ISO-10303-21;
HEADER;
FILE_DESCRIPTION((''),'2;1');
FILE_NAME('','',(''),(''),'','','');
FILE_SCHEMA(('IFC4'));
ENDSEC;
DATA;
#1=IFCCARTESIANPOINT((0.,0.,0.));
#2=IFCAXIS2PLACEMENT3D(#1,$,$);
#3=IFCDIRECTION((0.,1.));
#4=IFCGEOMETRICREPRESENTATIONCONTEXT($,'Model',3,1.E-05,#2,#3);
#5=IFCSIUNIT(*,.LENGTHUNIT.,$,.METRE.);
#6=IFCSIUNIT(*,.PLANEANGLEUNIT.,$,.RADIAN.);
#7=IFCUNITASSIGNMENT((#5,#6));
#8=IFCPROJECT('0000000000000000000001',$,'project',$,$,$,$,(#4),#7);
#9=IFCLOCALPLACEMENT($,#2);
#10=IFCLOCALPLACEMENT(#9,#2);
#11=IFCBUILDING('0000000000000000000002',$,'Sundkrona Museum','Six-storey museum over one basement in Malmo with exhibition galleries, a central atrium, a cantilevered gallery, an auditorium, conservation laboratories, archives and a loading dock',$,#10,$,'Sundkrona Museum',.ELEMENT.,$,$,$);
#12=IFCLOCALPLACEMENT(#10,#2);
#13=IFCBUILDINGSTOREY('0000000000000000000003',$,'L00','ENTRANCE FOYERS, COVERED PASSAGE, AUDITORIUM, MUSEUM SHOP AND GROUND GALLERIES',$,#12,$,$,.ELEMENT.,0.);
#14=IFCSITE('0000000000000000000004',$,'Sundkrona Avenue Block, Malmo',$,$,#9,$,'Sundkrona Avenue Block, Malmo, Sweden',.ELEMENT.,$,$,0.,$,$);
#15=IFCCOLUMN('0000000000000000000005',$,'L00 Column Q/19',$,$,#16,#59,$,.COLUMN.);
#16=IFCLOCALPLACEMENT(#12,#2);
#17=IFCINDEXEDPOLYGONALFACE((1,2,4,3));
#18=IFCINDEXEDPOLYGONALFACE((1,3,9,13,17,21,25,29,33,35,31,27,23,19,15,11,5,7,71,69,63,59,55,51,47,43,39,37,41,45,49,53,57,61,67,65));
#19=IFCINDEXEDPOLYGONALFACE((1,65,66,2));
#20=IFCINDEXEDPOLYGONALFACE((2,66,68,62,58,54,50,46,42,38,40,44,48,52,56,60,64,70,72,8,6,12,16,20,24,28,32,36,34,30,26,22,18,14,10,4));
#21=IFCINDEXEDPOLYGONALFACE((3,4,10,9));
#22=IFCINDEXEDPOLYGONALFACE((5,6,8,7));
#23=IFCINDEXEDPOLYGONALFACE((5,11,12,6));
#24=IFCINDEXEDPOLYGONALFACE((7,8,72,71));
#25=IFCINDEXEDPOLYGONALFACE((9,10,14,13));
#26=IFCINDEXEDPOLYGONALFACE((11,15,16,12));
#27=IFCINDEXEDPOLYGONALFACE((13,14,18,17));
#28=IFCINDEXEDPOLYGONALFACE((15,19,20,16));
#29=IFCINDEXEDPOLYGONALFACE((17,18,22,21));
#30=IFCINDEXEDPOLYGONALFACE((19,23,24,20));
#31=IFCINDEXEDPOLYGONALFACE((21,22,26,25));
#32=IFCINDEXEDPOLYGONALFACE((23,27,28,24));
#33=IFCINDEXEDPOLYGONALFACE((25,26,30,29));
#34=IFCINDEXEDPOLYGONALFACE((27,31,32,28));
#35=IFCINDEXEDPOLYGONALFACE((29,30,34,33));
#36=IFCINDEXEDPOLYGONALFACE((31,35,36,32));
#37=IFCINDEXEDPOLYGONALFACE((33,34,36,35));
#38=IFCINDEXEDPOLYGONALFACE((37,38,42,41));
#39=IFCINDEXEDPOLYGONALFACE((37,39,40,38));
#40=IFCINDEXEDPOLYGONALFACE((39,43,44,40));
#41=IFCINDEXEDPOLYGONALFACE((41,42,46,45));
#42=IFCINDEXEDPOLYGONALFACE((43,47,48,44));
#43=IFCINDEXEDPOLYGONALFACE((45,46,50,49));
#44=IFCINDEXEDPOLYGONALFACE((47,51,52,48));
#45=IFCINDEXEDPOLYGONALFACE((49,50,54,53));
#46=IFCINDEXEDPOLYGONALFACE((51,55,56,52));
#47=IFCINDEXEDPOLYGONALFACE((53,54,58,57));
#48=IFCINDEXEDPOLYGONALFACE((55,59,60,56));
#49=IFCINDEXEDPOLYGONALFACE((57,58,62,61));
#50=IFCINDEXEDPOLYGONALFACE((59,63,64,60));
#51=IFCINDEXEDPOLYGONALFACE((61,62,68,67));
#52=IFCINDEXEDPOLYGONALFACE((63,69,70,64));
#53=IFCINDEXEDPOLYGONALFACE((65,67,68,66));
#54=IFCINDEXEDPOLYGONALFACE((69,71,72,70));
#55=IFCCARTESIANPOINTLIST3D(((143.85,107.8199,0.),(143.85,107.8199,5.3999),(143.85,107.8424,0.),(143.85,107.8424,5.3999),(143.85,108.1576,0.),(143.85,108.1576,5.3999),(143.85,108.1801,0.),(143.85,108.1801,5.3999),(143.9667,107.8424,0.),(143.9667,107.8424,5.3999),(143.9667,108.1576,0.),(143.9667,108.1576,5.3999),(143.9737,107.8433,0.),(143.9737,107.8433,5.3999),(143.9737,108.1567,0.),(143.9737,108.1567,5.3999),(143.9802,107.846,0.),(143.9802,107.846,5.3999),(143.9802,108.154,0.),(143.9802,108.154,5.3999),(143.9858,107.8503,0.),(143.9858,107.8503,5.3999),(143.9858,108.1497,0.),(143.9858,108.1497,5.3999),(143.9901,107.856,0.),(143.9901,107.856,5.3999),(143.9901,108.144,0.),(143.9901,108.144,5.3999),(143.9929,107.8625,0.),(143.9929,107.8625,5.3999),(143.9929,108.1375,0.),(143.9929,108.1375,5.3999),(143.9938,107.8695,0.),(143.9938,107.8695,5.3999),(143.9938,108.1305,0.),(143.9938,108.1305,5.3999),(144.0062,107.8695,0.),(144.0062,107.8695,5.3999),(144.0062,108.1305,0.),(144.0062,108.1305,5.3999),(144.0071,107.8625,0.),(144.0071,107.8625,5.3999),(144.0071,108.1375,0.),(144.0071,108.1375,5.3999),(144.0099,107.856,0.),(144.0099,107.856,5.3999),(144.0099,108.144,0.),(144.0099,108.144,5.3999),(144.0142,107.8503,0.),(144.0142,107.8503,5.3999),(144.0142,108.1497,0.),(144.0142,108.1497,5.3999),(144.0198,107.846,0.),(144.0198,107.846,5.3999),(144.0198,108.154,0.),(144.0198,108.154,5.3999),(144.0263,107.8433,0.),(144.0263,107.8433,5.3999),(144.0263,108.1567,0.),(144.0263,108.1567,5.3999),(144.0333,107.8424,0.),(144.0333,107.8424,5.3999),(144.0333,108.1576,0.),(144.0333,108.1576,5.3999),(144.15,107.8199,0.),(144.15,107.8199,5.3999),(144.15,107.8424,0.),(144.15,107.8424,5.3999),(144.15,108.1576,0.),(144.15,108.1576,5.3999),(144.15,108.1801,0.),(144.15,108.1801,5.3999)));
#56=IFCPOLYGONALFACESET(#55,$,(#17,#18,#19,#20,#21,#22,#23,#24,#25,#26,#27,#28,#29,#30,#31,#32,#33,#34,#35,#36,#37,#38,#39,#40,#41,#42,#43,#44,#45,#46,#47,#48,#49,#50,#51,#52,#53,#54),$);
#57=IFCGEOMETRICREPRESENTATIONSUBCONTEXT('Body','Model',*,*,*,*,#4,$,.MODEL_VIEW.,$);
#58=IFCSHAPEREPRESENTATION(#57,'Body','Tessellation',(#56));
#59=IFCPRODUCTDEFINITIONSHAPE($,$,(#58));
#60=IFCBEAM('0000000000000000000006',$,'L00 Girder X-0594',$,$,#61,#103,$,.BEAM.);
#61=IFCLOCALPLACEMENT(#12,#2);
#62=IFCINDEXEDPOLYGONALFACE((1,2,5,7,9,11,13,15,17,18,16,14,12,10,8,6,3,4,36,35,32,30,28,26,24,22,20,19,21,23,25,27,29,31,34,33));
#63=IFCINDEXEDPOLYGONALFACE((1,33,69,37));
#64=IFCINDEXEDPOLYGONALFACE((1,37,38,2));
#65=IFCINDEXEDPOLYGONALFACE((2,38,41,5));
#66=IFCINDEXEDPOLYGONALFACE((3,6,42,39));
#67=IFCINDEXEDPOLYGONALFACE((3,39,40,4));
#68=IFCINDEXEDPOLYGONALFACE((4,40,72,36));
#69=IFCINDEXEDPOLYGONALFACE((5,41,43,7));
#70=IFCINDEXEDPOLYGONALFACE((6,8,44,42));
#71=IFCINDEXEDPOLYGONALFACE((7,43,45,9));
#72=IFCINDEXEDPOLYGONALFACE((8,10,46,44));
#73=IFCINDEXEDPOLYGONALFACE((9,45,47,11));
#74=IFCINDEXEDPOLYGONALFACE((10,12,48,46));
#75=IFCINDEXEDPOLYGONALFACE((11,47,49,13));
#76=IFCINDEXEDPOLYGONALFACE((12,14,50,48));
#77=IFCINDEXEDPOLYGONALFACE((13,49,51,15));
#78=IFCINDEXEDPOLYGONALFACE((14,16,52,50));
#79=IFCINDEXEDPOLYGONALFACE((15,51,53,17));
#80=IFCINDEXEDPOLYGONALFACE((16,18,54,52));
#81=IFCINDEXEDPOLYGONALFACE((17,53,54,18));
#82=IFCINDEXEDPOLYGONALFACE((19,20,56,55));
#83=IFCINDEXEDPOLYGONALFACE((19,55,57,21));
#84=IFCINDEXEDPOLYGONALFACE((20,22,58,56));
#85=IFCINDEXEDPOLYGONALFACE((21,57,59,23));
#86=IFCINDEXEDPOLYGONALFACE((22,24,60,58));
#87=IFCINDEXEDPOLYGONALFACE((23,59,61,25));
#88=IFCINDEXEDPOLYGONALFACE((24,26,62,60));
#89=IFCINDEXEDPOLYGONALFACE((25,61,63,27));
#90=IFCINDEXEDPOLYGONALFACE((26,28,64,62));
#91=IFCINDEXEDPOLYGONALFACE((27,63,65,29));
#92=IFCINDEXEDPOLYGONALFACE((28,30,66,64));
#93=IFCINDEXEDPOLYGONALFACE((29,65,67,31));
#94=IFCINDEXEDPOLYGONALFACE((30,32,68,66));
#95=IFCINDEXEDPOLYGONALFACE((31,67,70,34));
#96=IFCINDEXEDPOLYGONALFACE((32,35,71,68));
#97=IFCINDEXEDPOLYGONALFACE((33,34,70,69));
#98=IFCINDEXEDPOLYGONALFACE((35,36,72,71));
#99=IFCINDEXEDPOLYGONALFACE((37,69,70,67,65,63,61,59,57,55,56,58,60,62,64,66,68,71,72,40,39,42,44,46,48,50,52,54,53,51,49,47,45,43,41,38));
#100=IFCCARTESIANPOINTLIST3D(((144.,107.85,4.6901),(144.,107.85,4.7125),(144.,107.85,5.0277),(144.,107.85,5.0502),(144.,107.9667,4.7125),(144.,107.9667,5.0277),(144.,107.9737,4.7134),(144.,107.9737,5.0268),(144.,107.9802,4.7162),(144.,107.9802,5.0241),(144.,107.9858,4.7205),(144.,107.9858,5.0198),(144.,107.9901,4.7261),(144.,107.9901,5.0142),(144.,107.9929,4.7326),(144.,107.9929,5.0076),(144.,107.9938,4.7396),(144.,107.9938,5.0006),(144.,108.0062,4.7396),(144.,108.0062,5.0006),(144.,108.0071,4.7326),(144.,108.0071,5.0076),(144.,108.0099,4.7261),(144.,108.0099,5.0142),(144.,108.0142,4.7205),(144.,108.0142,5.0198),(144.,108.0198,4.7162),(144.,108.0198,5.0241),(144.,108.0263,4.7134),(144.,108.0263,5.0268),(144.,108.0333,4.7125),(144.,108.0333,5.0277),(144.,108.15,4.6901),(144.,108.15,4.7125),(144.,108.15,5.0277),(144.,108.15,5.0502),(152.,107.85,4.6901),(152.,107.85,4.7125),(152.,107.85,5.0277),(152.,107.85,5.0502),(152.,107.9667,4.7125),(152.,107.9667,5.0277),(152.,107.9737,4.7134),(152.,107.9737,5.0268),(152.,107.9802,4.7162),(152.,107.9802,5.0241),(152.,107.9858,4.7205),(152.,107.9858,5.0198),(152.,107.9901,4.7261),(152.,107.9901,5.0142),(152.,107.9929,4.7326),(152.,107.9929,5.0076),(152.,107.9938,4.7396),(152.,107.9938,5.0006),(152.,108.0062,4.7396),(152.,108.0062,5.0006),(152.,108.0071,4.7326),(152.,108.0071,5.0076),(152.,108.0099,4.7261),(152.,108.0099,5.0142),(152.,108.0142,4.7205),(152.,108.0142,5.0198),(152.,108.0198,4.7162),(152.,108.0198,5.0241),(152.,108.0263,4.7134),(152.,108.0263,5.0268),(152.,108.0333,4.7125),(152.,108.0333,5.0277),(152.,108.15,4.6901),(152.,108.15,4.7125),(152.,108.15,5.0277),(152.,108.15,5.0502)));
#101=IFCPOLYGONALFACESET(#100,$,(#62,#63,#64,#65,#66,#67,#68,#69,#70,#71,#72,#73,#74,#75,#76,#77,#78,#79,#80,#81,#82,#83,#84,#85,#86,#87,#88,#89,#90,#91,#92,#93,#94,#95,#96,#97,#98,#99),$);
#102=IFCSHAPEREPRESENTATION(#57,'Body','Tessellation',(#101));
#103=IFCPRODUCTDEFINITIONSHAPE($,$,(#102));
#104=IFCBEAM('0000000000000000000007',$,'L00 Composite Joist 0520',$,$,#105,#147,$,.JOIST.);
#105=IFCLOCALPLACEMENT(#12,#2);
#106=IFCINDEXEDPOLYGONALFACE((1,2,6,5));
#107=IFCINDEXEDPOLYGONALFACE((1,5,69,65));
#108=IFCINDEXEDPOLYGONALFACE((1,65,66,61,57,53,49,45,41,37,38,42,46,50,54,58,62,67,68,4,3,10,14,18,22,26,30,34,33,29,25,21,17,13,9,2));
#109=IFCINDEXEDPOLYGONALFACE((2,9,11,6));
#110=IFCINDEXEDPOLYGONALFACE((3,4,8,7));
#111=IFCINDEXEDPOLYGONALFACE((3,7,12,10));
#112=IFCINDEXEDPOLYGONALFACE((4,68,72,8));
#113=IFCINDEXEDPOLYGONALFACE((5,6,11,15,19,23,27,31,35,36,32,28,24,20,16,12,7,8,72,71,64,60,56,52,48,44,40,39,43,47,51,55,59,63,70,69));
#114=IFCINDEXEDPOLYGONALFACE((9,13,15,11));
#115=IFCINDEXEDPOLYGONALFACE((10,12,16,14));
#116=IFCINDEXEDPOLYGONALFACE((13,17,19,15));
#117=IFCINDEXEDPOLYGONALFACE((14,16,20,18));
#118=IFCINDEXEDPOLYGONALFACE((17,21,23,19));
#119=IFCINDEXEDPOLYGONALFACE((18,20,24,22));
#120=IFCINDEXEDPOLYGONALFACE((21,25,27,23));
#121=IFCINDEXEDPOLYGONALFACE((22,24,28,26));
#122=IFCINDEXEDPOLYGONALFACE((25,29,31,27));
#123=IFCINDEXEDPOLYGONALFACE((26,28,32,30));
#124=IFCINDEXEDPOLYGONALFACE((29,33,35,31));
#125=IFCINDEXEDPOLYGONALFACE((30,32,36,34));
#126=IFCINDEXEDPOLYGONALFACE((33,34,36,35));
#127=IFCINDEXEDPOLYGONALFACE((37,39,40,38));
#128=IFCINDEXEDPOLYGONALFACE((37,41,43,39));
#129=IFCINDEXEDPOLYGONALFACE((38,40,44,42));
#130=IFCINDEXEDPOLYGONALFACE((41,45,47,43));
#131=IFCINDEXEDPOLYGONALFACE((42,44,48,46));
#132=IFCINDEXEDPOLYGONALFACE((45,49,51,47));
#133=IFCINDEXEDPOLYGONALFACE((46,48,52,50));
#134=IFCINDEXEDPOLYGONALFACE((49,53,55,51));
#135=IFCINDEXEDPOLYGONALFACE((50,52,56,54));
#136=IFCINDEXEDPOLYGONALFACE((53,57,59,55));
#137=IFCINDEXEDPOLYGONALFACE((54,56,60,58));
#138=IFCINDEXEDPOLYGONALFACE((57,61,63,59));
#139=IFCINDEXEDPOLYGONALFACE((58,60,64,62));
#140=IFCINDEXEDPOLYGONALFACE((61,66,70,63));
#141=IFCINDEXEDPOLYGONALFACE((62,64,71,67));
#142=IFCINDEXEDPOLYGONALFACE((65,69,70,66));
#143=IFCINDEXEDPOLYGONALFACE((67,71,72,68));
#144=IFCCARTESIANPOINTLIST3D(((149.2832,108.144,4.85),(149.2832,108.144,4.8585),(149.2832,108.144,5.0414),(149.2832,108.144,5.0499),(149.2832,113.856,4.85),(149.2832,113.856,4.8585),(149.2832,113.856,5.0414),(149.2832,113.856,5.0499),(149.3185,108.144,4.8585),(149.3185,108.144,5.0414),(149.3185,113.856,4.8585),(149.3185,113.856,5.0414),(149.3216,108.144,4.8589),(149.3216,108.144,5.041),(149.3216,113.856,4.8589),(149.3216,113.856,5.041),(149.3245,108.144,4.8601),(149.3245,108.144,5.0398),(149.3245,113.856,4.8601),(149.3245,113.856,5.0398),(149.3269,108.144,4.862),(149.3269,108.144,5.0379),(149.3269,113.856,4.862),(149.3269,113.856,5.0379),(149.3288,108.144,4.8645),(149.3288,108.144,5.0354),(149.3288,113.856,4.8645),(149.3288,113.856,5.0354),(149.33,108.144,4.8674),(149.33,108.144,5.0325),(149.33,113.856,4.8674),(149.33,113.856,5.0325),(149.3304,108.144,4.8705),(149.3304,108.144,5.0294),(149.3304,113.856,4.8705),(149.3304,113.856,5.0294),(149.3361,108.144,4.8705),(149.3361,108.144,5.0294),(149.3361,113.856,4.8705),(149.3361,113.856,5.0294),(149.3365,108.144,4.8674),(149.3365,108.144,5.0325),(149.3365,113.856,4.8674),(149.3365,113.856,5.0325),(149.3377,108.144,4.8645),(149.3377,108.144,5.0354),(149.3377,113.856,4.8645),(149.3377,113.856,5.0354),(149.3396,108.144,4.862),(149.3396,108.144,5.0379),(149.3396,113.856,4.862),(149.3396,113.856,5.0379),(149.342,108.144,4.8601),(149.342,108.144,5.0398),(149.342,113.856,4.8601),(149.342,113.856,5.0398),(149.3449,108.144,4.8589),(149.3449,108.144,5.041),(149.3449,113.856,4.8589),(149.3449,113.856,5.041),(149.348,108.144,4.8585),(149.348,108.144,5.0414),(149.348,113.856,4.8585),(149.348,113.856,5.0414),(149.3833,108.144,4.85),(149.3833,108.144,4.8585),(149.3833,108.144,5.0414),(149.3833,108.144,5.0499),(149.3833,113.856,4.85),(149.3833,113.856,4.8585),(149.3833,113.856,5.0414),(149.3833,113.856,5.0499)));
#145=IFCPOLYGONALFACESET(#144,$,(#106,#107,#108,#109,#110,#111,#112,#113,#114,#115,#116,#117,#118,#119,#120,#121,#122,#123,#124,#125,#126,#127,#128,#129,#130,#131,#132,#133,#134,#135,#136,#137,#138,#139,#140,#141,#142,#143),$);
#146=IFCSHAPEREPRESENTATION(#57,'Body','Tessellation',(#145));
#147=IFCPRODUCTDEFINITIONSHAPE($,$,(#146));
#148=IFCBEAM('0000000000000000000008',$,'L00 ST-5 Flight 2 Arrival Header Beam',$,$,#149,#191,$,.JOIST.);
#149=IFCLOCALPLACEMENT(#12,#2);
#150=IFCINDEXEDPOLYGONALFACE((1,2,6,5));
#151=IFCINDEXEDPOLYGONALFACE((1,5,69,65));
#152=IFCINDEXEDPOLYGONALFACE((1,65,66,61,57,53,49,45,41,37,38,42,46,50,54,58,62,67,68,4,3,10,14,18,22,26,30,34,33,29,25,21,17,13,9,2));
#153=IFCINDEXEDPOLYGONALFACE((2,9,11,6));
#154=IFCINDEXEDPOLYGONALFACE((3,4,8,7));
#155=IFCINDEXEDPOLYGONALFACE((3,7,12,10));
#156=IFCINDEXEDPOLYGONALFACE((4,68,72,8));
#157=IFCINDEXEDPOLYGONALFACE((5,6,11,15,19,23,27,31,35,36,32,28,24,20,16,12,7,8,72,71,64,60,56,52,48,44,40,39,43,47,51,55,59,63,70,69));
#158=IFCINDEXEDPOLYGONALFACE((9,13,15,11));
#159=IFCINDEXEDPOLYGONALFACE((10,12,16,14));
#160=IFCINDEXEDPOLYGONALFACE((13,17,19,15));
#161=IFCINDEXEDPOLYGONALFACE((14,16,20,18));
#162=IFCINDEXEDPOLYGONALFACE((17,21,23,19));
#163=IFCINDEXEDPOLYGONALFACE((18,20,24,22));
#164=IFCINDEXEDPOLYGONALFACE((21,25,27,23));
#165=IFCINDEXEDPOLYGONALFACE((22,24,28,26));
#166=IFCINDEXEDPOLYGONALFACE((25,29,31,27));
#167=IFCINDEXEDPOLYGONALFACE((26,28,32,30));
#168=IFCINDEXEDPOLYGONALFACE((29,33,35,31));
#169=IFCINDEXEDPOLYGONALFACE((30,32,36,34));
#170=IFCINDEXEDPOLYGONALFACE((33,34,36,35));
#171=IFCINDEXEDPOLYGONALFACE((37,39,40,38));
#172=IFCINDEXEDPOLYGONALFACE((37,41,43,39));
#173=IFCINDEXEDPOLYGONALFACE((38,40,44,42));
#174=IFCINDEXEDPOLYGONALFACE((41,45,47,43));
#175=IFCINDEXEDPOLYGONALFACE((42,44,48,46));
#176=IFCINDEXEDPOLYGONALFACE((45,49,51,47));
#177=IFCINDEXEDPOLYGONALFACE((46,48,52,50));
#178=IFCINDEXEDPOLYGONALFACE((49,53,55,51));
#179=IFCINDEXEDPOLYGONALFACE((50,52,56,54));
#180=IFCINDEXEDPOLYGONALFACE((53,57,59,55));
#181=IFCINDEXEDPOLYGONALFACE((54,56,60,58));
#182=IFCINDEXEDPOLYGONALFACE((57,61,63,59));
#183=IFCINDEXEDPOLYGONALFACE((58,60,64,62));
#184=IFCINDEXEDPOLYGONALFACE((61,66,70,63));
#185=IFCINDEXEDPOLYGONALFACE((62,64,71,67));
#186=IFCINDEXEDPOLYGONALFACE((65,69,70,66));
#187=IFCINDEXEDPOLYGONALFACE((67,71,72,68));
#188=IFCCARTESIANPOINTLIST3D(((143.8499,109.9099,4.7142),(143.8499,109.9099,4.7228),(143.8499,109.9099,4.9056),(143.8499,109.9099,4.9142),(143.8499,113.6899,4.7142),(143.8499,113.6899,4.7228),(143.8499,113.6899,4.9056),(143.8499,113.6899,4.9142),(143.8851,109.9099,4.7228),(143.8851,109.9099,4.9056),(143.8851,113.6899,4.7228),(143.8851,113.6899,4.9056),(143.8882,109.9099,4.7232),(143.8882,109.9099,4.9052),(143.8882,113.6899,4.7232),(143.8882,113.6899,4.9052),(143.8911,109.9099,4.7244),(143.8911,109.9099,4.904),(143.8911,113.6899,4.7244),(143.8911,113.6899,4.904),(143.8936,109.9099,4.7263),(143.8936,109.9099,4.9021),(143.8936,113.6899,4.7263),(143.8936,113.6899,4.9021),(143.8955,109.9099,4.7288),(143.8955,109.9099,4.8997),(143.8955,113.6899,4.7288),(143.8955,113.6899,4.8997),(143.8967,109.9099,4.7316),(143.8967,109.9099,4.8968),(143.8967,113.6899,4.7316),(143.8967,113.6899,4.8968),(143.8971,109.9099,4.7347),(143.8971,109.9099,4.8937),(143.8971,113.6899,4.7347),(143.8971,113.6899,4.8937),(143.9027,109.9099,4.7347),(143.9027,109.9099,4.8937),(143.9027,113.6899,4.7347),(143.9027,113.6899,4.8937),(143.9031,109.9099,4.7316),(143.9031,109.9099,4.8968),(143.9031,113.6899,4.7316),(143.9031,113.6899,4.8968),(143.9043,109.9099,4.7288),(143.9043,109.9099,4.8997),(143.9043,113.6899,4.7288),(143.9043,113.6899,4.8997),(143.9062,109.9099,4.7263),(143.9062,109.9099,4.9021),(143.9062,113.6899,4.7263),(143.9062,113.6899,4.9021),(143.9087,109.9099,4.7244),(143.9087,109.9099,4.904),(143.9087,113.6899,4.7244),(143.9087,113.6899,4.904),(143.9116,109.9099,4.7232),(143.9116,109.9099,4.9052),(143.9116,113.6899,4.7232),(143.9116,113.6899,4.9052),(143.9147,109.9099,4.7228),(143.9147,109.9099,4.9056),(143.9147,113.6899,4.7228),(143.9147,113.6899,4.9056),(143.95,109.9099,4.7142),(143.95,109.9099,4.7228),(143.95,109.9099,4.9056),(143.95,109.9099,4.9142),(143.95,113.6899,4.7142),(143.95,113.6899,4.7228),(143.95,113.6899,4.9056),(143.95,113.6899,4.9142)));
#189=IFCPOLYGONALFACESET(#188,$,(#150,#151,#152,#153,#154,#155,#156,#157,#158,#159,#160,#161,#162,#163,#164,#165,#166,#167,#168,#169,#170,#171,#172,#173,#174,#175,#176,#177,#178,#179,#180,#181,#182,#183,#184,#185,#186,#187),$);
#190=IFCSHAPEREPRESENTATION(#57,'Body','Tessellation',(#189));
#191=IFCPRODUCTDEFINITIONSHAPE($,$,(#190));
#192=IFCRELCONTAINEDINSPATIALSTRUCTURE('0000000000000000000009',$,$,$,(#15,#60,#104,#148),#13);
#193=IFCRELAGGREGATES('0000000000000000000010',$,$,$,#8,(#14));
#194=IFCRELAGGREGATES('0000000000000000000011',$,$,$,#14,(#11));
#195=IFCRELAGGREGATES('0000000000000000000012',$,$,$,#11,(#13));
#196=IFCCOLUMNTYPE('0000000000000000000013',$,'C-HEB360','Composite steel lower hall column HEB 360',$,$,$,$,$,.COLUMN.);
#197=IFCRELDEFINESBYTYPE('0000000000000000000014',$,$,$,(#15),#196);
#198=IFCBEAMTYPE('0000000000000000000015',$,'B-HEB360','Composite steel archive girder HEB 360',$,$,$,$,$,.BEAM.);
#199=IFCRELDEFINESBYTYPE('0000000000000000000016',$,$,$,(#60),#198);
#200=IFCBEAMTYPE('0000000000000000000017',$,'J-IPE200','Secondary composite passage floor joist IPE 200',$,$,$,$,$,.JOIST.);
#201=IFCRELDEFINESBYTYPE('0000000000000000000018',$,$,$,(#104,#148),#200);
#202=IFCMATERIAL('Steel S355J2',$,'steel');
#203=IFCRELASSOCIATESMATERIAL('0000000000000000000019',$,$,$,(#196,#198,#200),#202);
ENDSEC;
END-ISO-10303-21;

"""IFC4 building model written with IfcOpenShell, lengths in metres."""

from ifc_helpers import new_model, si_unit, direction, frame, origin, origin_2d, place, context, subcontext, project, spatial, i_section, extrude, material, material_profile, profile_set, type_object, element, save


model = new_model("IFC4")

# Units and contexts
model_context = context("Model", 3, precision=1e-05, world=origin(), true_north=direction((0.0, 1.0)))
body_context = subcontext(model_context, "Body", "Model", "MODEL_VIEW")
ifc_project = project(units=[si_unit("LENGTHUNIT", "METRE"), si_unit("PLANEANGLEUNIT", "RADIAN")], contexts=[model_context])

# Site, building, storey
site_placement = place(None, origin())
site = spatial("IfcSite", under=ifc_project, at=site_placement, Name="Sundkrona Avenue Block, Malmo", LongName="Sundkrona Avenue Block, Malmo, Sweden", CompositionType="ELEMENT", RefElevation=0.0)
building_placement = place(site_placement, origin())
building = spatial("IfcBuilding", under=site, at=building_placement, Name="Sundkrona Museum", Description="Six-storey museum over one basement in Malmo with exhibition galleries, a central atrium, a cantilevered gallery, an auditorium, conservation laboratories, archives and a loading dock", LongName="Sundkrona Museum", CompositionType="ELEMENT")
storey_placement = place(building_placement, origin())
storey = spatial("IfcBuildingStorey", under=building, at=storey_placement, Name="L00", Description="ENTRANCE FOYERS, COVERED PASSAGE, AUDITORIUM, MUSEUM SHOP AND GROUND GALLERIES", CompositionType="ELEMENT", Elevation=0.0)

# Column
ifc_material_1 = material(Name="Steel S355J2", Category="steel")
ifc_material_profile_1 = material_profile(ifc_material_1, i_section(OverallWidth=0.3, OverallDepth=0.3601, WebThickness=0.0125, FlangeThickness=0.0225, FilletRadius=0.0271, at=origin_2d()), Name="HEB 360")
ifc_profile_set_1 = profile_set([ifc_material_profile_1], Name="Steel S355J2")
column_type = type_object("IfcColumnType", Name="C-HEB360", Description="Composite steel lower hall column HEB 360", PredefinedType="COLUMN", material=ifc_profile_set_1)
column_placement = place(storey_placement, frame((144.0, 108.0, 0.0), z_axis=(0.0, 0.0, 1.0), x_axis=(1.0, 0.0, 0.0)))
element("IfcColumn", 1, at=column_placement, inside=storey, type_object=column_type, Name="L00 Column Q/19", PredefinedType="COLUMN", context=body_context, shape_type="SweptSolid", body=[
    extrude(i_section(OverallWidth=0.3, OverallDepth=0.3601, WebThickness=0.0125, FlangeThickness=0.0225, FilletRadius=0.0271, at=origin_2d()), origin(), (0.0, 0.0, 1.0), 5.3999),
])

# Beams
ifc_material_profile_2 = material_profile(ifc_material_1, i_section(OverallWidth=0.3, OverallDepth=0.3601, WebThickness=0.0125, FlangeThickness=0.0225, FilletRadius=0.0271, at=origin_2d()), Name="HEB 360")
ifc_profile_set_2 = profile_set([ifc_material_profile_2], Name="Steel S355J2")
beam_type_1 = type_object("IfcBeamType", Name="B-HEB360", Description="Composite steel archive girder HEB 360", PredefinedType="BEAM", material=ifc_profile_set_2)
beam_1_placement = place(storey_placement, frame((144.0, 108.0, 4.8701), z_axis=(1.0, 0.0, 0.0), x_axis=(0.0, 1.0, 0.0)))
element("IfcBeam", 2, at=beam_1_placement, inside=storey, type_object=beam_type_1, Name="L00 Girder X-0594", PredefinedType="BEAM", context=body_context, shape_type="SweptSolid", body=[
    extrude(i_section(OverallWidth=0.3, OverallDepth=0.3601, WebThickness=0.0125, FlangeThickness=0.0225, FilletRadius=0.0271, at=origin_2d()), origin(), (0.0, 0.0, 1.0), 8.0),
])
ifc_material_profile_3 = material_profile(ifc_material_1, i_section(OverallWidth=0.1001, OverallDepth=0.2, WebThickness=0.0056, FlangeThickness=0.0085, FilletRadius=0.012, at=origin_2d()), Name="IPE 200")
ifc_profile_set_3 = profile_set([ifc_material_profile_3], Name="Steel S355J2")
beam_type_2 = type_object("IfcBeamType", Name="J-IPE200", Description="Secondary composite passage floor joist IPE 200", PredefinedType="JOIST", material=ifc_profile_set_3)
beam_2_placement = place(storey_placement, frame((149.3333, 108.144, 4.95), z_axis=(0.0, 1.0, 0.0), x_axis=(-1.0, 0.0, 0.0)))
element("IfcBeam", 3, at=beam_2_placement, inside=storey, type_object=beam_type_2, Name="L00 Composite Joist 0520", PredefinedType="JOIST", context=body_context, shape_type="SweptSolid", body=[
    extrude(i_section(OverallWidth=0.1001, OverallDepth=0.2, WebThickness=0.0056, FlangeThickness=0.0085, FilletRadius=0.012, at=origin_2d()), origin(), (0.0, 0.0, 1.0), 5.7119),
])
beam_3_placement = place(storey_placement, frame((143.8999, 109.9099, 4.8142), z_axis=(0.0, 1.0, 0.0), x_axis=(-1.0, 0.0, 0.0)))
element("IfcBeam", 4, at=beam_3_placement, inside=storey, type_object=beam_type_2, Name="L00 ST-5 Flight 2 Arrival Header Beam", PredefinedType="JOIST", context=body_context, shape_type="SweptSolid", body=[
    extrude(i_section(OverallWidth=0.1001, OverallDepth=0.2, WebThickness=0.0056, FlangeThickness=0.0085, FilletRadius=0.012, at=origin_2d()), origin(), (0.0, 0.0, 1.0), 3.78),
])

save(model, "model.ifc")
